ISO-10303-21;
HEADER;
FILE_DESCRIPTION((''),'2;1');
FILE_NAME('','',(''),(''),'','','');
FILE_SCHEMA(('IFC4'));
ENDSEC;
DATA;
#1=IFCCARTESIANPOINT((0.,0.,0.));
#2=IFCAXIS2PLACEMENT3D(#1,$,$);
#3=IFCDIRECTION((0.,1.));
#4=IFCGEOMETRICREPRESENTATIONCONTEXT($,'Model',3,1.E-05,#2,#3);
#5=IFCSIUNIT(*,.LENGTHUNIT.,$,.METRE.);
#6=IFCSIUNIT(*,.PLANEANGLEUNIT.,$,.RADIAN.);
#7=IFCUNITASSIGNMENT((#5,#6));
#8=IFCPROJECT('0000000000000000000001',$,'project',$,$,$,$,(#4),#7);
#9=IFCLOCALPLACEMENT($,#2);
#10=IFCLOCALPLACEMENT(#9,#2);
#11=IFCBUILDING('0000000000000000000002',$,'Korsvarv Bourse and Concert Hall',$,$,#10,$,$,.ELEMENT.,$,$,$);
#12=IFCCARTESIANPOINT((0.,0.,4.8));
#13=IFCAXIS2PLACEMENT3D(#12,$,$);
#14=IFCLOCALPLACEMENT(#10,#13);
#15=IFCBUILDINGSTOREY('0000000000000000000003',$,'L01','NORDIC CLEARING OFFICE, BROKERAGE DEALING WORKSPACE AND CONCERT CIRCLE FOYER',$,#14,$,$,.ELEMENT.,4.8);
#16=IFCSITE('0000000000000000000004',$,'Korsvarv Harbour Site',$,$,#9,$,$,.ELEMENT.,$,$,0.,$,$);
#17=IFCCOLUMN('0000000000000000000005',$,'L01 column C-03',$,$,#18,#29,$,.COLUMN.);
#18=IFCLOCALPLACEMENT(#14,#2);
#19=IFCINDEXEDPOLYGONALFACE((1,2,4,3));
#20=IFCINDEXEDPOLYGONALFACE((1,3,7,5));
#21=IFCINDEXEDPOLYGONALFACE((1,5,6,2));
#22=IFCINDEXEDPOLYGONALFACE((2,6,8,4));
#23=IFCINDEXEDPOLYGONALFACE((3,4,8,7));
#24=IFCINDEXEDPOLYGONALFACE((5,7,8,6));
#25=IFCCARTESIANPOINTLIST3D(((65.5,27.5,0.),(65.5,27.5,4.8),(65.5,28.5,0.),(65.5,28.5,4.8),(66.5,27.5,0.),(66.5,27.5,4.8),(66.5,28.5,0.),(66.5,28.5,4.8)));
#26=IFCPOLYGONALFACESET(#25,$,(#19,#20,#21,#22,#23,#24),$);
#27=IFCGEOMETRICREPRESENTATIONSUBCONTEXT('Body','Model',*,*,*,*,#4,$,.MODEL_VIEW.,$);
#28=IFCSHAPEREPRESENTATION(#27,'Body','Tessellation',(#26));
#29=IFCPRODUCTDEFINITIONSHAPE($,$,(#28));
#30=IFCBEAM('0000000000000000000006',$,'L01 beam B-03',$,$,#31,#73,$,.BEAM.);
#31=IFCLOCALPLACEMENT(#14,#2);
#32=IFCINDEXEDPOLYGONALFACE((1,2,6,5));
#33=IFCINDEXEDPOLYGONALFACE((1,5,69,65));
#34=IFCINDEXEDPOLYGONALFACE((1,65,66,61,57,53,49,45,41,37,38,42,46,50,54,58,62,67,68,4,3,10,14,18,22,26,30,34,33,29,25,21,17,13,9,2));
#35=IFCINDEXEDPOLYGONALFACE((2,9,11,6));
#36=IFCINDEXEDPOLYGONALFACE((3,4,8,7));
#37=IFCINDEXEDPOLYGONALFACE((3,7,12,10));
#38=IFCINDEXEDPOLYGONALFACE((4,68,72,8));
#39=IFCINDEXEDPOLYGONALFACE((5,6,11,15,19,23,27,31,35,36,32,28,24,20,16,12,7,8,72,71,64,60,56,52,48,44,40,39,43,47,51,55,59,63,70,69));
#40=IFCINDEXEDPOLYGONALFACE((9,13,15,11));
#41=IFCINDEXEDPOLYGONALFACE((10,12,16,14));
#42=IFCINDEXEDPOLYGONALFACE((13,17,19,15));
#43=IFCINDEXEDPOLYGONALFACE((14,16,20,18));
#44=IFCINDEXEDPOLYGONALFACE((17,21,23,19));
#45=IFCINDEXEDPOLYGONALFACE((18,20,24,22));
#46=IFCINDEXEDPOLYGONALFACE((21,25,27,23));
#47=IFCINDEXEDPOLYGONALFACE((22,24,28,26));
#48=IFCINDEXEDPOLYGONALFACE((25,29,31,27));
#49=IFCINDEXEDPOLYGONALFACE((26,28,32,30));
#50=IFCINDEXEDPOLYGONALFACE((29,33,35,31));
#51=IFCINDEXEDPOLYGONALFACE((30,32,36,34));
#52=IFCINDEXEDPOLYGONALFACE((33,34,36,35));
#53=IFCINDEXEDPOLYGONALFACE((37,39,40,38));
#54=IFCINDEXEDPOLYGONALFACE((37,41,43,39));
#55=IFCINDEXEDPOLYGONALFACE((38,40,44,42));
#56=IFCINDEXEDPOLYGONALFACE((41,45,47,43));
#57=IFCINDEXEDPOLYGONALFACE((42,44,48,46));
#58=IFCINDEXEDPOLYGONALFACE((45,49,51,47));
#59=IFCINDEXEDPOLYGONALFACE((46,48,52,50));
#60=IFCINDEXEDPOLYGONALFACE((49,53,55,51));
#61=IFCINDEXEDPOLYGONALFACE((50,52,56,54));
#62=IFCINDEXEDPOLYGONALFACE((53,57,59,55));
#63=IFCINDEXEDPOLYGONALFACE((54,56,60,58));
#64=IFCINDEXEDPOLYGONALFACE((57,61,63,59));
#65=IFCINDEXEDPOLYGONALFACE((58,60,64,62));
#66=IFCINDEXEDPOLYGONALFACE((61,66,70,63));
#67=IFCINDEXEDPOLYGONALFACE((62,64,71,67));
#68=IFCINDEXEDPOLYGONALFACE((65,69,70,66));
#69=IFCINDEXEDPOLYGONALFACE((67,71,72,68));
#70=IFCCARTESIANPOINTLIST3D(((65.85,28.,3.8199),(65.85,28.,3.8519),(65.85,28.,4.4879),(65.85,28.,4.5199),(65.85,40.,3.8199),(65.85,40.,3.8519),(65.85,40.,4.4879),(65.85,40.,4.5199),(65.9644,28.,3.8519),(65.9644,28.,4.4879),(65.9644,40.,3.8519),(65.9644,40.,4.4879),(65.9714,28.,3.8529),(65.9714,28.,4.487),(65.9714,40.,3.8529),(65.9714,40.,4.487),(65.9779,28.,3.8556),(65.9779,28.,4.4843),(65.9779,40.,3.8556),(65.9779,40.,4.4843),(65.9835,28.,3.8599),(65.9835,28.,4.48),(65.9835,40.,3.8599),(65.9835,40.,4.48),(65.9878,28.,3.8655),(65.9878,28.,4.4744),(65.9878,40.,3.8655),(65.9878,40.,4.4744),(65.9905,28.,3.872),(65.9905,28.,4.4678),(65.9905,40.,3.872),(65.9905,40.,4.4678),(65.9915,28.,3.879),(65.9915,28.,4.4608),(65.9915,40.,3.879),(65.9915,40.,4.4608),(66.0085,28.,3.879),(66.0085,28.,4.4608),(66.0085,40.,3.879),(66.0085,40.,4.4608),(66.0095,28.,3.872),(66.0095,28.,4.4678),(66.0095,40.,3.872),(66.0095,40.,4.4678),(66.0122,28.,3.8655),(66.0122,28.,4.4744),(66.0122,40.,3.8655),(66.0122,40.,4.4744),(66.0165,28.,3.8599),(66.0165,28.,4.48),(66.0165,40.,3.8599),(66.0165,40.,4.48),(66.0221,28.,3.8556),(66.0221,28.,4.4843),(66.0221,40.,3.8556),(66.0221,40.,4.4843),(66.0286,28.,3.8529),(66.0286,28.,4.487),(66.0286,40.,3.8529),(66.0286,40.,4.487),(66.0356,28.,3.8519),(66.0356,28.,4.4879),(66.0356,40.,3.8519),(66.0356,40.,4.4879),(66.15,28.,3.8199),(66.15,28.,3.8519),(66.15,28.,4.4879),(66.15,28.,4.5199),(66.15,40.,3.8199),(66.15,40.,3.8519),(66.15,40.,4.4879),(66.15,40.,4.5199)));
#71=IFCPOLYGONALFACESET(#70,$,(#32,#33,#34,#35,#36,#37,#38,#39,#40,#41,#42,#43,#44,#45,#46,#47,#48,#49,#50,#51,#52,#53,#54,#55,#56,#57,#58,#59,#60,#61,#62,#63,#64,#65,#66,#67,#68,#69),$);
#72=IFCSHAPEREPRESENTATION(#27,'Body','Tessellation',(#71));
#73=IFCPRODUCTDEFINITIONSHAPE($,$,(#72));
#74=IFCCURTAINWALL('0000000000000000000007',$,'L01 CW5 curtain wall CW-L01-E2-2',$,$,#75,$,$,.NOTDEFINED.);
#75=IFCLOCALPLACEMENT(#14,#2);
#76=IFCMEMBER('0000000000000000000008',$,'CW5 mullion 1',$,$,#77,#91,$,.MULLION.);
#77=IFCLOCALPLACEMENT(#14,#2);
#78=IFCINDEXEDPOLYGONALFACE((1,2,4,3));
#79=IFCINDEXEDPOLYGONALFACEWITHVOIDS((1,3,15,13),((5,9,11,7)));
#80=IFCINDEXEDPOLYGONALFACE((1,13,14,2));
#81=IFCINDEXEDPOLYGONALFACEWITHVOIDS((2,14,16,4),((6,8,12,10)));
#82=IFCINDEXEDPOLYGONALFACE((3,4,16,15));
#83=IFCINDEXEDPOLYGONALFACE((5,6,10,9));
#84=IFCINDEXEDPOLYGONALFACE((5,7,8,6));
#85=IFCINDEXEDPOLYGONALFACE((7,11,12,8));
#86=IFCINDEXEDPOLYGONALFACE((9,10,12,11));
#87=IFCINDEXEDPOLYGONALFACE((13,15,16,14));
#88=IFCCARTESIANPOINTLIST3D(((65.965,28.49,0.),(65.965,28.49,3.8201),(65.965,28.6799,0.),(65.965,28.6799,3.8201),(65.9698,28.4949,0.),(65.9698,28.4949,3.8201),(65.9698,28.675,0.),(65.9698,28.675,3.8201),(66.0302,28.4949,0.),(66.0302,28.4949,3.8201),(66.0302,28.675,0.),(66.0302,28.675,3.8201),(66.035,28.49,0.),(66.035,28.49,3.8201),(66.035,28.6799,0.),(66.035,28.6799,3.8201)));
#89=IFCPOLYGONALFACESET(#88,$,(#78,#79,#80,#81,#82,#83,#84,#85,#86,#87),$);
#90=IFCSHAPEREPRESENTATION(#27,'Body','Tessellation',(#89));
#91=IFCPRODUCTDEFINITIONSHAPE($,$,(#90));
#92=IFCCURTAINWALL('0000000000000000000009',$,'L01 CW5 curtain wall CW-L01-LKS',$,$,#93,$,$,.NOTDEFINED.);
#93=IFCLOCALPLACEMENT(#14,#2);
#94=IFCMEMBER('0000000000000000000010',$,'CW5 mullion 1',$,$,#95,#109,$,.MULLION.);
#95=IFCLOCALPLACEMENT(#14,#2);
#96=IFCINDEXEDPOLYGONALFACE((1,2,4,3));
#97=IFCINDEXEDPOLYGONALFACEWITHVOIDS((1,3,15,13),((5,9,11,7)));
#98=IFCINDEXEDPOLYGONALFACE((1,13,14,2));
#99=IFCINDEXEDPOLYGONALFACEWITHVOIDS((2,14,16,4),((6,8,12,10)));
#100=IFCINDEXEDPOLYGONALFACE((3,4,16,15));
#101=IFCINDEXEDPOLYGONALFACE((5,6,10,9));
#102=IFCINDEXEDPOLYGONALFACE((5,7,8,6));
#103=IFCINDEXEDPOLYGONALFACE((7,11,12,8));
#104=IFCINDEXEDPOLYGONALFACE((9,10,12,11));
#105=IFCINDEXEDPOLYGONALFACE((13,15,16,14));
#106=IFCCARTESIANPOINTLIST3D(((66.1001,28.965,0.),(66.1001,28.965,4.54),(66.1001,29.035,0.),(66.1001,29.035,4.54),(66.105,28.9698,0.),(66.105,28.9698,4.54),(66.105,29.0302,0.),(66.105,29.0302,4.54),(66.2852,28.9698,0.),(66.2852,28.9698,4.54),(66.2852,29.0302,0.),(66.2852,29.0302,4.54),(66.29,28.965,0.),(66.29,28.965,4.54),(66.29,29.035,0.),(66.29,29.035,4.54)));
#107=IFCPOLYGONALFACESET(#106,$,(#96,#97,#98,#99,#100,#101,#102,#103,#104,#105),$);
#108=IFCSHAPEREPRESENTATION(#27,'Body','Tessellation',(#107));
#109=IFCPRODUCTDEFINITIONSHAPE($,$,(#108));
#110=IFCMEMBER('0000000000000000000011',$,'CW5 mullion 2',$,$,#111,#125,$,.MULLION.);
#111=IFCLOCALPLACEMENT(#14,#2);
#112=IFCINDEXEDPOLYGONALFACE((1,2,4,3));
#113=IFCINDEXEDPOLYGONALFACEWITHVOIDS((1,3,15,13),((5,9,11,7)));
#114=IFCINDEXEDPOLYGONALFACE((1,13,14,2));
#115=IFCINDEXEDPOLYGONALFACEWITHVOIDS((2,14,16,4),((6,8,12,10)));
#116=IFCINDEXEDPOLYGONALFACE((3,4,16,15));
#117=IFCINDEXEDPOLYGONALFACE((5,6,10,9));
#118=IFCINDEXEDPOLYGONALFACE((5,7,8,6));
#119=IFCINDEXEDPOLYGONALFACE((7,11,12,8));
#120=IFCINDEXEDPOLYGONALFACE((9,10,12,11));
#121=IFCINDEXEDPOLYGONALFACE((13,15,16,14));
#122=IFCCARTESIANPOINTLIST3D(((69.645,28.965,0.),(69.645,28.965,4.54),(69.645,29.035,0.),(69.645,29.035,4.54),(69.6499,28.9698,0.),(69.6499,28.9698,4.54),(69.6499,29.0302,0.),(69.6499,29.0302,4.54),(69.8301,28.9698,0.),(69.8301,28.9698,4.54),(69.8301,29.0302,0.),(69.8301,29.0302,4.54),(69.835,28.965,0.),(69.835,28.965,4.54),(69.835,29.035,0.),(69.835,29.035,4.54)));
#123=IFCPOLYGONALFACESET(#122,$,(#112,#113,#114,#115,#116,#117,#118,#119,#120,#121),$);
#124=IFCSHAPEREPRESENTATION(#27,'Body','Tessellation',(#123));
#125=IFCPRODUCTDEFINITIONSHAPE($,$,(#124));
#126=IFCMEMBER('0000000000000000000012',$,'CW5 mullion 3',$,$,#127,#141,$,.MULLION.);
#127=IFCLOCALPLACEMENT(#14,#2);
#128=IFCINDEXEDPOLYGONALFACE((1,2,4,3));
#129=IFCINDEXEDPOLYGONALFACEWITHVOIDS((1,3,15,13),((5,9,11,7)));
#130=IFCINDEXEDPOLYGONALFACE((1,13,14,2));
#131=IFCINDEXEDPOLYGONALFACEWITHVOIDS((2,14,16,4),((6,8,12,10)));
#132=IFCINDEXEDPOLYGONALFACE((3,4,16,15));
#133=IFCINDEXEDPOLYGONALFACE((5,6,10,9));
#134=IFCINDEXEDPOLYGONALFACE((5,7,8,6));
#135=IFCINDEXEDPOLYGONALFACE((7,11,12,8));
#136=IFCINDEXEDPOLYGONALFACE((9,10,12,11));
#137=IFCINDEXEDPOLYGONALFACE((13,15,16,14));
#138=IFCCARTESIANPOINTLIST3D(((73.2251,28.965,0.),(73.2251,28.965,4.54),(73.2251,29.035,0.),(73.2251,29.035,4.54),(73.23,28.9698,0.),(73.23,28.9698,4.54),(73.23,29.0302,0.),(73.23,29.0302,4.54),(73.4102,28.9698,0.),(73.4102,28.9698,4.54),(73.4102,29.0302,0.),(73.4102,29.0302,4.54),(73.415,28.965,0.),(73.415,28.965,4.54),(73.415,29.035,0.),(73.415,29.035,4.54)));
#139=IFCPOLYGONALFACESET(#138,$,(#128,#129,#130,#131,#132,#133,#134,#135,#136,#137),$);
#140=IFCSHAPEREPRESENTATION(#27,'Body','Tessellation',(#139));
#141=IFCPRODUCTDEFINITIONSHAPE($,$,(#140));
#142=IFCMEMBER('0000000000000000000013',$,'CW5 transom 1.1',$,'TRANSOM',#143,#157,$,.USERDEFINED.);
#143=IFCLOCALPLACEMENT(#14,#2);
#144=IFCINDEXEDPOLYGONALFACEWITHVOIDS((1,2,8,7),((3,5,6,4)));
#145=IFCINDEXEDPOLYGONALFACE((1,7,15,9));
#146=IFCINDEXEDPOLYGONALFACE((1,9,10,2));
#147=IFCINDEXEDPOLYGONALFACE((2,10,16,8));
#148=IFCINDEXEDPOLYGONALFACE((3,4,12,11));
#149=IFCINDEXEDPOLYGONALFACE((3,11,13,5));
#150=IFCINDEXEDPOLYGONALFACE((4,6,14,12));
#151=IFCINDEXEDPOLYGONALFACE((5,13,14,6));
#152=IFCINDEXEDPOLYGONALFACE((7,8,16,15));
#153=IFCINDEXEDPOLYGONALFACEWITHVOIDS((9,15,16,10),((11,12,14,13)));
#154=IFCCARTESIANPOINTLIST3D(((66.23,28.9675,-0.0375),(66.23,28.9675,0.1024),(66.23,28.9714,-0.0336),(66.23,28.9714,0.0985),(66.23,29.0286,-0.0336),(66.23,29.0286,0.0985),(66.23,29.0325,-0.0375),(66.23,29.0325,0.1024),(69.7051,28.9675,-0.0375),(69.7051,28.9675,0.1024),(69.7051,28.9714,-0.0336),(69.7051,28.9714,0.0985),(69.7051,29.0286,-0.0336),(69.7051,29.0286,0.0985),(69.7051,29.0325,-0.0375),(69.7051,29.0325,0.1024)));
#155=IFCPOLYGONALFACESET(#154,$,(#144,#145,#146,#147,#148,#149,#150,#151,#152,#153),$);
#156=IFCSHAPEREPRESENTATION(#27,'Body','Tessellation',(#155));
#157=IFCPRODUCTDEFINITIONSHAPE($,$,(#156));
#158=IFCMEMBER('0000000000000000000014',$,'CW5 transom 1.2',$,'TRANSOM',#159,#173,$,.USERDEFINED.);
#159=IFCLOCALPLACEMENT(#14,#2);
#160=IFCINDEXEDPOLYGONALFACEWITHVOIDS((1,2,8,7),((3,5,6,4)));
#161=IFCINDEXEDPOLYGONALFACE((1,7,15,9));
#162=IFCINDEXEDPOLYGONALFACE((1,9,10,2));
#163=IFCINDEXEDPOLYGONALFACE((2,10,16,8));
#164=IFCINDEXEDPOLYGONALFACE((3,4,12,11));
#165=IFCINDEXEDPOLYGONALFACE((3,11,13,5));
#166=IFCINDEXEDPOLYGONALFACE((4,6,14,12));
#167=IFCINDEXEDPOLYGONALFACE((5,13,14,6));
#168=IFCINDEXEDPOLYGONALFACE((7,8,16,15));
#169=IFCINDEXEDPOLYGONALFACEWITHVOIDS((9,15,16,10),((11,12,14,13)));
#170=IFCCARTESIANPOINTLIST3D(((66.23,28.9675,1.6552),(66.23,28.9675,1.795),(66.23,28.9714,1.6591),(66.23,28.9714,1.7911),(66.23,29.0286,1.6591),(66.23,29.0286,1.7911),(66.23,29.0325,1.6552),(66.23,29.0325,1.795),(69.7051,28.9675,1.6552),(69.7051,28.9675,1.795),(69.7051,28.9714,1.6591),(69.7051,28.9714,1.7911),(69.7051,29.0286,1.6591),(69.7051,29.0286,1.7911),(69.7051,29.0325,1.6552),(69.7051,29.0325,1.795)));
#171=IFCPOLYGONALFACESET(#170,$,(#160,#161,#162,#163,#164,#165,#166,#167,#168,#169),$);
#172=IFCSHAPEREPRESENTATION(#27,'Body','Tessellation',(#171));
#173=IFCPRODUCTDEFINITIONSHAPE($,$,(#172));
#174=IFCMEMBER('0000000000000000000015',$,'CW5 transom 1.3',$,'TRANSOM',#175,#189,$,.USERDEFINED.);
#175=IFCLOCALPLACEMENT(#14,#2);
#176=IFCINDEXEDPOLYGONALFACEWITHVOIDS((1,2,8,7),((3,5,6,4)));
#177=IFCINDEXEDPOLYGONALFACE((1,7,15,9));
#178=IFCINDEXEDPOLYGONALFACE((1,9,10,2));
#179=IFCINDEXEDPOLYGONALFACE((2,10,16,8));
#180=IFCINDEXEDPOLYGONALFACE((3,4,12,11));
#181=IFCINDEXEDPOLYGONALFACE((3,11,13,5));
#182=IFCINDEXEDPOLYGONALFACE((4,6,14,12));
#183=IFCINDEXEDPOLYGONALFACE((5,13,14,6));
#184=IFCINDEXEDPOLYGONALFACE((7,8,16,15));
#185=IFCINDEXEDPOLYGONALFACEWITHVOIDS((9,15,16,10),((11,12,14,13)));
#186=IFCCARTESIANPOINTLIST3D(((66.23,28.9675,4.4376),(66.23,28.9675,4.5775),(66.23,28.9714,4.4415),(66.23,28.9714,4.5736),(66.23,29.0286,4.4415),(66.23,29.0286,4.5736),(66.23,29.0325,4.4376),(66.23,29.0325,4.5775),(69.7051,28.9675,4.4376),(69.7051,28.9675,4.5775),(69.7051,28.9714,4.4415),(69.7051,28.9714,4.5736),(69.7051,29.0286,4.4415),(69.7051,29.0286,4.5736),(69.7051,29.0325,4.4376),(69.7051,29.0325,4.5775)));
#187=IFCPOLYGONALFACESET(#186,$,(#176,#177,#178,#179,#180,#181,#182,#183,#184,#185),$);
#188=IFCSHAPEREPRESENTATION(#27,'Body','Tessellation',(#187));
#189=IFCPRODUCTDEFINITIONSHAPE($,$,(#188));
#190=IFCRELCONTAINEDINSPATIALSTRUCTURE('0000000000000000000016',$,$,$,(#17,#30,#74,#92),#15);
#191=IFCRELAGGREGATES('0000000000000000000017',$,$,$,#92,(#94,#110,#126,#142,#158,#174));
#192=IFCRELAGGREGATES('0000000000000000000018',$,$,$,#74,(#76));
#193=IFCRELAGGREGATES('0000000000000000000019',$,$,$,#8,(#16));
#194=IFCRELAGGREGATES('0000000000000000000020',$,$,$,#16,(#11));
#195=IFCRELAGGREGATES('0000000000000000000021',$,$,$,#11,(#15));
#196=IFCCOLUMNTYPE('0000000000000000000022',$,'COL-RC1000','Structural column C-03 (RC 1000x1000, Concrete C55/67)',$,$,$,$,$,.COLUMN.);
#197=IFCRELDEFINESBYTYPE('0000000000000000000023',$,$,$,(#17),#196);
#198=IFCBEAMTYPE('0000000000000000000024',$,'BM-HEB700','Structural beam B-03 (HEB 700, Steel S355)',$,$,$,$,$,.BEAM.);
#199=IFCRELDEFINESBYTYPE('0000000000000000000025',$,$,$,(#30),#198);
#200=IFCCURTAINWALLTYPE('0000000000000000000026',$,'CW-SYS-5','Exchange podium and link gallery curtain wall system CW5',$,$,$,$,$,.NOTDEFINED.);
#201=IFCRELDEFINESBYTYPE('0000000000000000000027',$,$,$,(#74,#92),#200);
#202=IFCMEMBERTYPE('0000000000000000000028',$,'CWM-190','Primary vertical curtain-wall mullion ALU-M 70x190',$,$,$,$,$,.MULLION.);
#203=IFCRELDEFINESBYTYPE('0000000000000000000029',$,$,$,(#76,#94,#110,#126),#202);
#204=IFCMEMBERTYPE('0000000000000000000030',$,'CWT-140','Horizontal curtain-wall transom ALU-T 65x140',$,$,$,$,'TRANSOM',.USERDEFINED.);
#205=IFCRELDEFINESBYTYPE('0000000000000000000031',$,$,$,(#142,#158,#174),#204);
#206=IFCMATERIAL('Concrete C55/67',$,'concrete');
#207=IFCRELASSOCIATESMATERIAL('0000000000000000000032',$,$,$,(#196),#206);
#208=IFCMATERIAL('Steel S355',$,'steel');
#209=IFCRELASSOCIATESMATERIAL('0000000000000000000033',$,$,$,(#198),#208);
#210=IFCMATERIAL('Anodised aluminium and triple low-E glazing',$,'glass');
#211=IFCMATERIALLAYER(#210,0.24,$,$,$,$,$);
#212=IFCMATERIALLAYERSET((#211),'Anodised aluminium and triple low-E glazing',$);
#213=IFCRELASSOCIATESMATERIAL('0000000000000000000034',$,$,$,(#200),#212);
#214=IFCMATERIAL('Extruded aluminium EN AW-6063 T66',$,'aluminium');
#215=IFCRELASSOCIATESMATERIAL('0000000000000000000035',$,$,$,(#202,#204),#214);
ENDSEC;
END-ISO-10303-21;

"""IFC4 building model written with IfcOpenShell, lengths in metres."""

from ifc_helpers import new_model, si_unit, direction, frame, origin, origin_2d, place, context, subcontext, project, spatial, rectangle, hollow_rectangle, i_section, extrude, source, transform, mapped, material, layer, layer_set, material_profile, profile_set, type_object, element, aggregate, save


model = new_model("IFC4")

# Units and contexts
model_context = context("Model", 3, precision=1e-05, world=origin(), true_north=direction((0.0, 1.0)))
body_context = subcontext(model_context, "Body", "Model", "MODEL_VIEW")
ifc_project = project(units=[si_unit("LENGTHUNIT", "METRE"), si_unit("PLANEANGLEUNIT", "RADIAN")], contexts=[model_context])

# Site, building, storey
site_placement = place(None, origin())
site = spatial("IfcSite", under=ifc_project, at=site_placement, Name="Korsvarv Harbour Site", CompositionType="ELEMENT", RefElevation=0.0)
building_placement = place(site_placement, origin())
building = spatial("IfcBuilding", under=site, at=building_placement, Name="Korsvarv Bourse and Concert Hall", CompositionType="ELEMENT")
storey_placement = place(building_placement, frame((0.0, 0.0, 4.8)))
storey = spatial("IfcBuildingStorey", under=building, at=storey_placement, Name="L01", Description="NORDIC CLEARING OFFICE, BROKERAGE DEALING WORKSPACE AND CONCERT CIRCLE FOYER", CompositionType="ELEMENT", Elevation=4.8)

# Column
ifc_material_1 = material(Name="Concrete C55/67", Category="concrete")
ifc_material_profile_1 = material_profile(ifc_material_1, rectangle(XDim=1.0, YDim=1.0, at=origin_2d()), Name="RC 1000x1000")
ifc_profile_set_1 = profile_set([ifc_material_profile_1], Name="Concrete C55/67")
column_type = type_object("IfcColumnType", Name="COL-RC1000", Description="Structural column C-03 (RC 1000x1000, Concrete C55/67)", PredefinedType="COLUMN", material=ifc_profile_set_1)
shared_shape_1 = source(origin(), body_context, "Body", "SweptSolid", [
    extrude(rectangle(XDim=1.0, YDim=1.0, at=origin_2d()), origin(), (0.0, 0.0, 1.0), 4.8),
])
column_placement = place(storey_placement, frame((66.0, 28.0, 0.0), z_axis=(0.0, 0.0, 1.0), x_axis=(1.0, 0.0, 0.0)))
element("IfcColumn", 1, at=column_placement, inside=storey, type_object=column_type, Name="L01 column C-03", PredefinedType="COLUMN", context=body_context, shape_type="MappedRepresentation", body=[
    mapped(shared_shape_1, transform((0.0, 0.0, 0.0), scale=1.0)),
])

# Beam
ifc_material_2 = material(Name="Steel S355", Category="steel")
ifc_material_profile_2 = material_profile(ifc_material_2, i_section(OverallWidth=0.3, OverallDepth=0.7, WebThickness=0.0171, FlangeThickness=0.032, FilletRadius=0.0271, at=origin_2d()), Name="HEB 700")
ifc_profile_set_2 = profile_set([ifc_material_profile_2], Name="Steel S355")
beam_type = type_object("IfcBeamType", Name="BM-HEB700", Description="Structural beam B-03 (HEB 700, Steel S355)", PredefinedType="BEAM", material=ifc_profile_set_2)
shared_shape_2 = source(origin(), body_context, "Body", "SweptSolid", [
    extrude(i_section(OverallWidth=0.3, OverallDepth=0.7, WebThickness=0.0171, FlangeThickness=0.032, FilletRadius=0.0271, at=origin_2d()), origin(), (0.0, 0.0, 1.0), 12.0),
])
beam_placement = place(storey_placement, frame((66.0, 28.0, 4.1699), z_axis=(0.0, 1.0, 0.0), x_axis=(-1.0, 0.0, 0.0)))
element("IfcBeam", 2, at=beam_placement, inside=storey, type_object=beam_type, Name="L01 beam B-03", PredefinedType="BEAM", context=body_context, shape_type="MappedRepresentation", body=[
    mapped(shared_shape_2, transform((0.0, 0.0, 0.0), scale=1.0)),
])

# Curtain wall, member
ifc_material_3 = material(Name="Anodised aluminium and triple low-E glazing", Category="glass")
ifc_layer_1 = layer(ifc_material_3, 0.24)
ifc_layer_set_1 = layer_set([ifc_layer_1], Name="Anodised aluminium and triple low-E glazing")
curtain_wall_type = type_object("IfcCurtainWallType", Name="CW-SYS-5", Description="Exchange podium and link gallery curtain wall system CW5", PredefinedType="NOTDEFINED", material=ifc_layer_set_1)
curtain_wall_1_placement = place(storey_placement, origin())
curtain_wall_1 = element("IfcCurtainWall", 3, at=curtain_wall_1_placement, inside=storey, type_object=curtain_wall_type, Name="L01 CW5 curtain wall CW-L01-E2-2", PredefinedType="NOTDEFINED")
ifc_material_4 = material(Name="Extruded aluminium EN AW-6063 T66", Category="aluminium")
ifc_material_profile_3 = material_profile(ifc_material_4, hollow_rectangle(XDim=0.0701, YDim=0.1899, WallThickness=0.0049, at=origin_2d()), Name="ALU-M 70x190")
ifc_profile_set_3 = profile_set([ifc_material_profile_3], Name="Extruded aluminium EN AW-6063 T66")
member_type_1 = type_object("IfcMemberType", Name="CWM-190", Description="Primary vertical curtain-wall mullion ALU-M 70x190", PredefinedType="MULLION", material=ifc_profile_set_3)
shared_shape_3 = source(origin(), body_context, "Body", "SweptSolid", [
    extrude(hollow_rectangle(XDim=0.0701, YDim=0.1899, WallThickness=0.0049, at=origin_2d()), origin(), (0.0, 0.0, 1.0), 3.8201),
])
member_1_placement = place(storey_placement, frame((66.0, 28.585, 0.0), z_axis=(0.0, 0.0, 1.0), x_axis=(-1.0, 0.0, 0.0)))
member_1 = element("IfcMember", 4, at=member_1_placement, type_object=member_type_1, Name="CW5 mullion 1", PredefinedType="MULLION", context=body_context, shape_type="MappedRepresentation", body=[
    mapped(shared_shape_3, transform((0.0, 0.0, 0.0), scale=1.0)),
])

# Curtain wall, members
curtain_wall_2_placement = place(storey_placement, origin())
curtain_wall_2 = element("IfcCurtainWall", 5, at=curtain_wall_2_placement, inside=storey, type_object=curtain_wall_type, Name="L01 CW5 curtain wall CW-L01-LKS", PredefinedType="NOTDEFINED")
shared_shape_4 = source(origin(), body_context, "Body", "SweptSolid", [
    extrude(hollow_rectangle(XDim=0.0701, YDim=0.1899, WallThickness=0.0049, at=origin_2d()), origin(), (0.0, 0.0, 1.0), 4.54),
])
member_2_placement = place(storey_placement, frame((66.1951, 29.0, 0.0), z_axis=(0.0, 0.0, 1.0), x_axis=(0.0, 1.0, 0.0)))
member_2 = element("IfcMember", 6, at=member_2_placement, type_object=member_type_1, Name="CW5 mullion 1", PredefinedType="MULLION", context=body_context, shape_type="MappedRepresentation", body=[
    mapped(shared_shape_4, transform((0.0, 0.0, 0.0), scale=1.0)),
])
member_3_placement = place(storey_placement, frame((69.74, 29.0, 0.0), z_axis=(0.0, 0.0, 1.0), x_axis=(0.0, 1.0, 0.0)))
member_3 = element("IfcMember", 7, at=member_3_placement, type_object=member_type_1, Name="CW5 mullion 2", PredefinedType="MULLION", context=body_context, shape_type="MappedRepresentation", body=[
    mapped(shared_shape_4, transform((0.0, 0.0, 0.0), scale=1.0)),
])
member_4_placement = place(storey_placement, frame((73.3201, 29.0, 0.0), z_axis=(0.0, 0.0, 1.0), x_axis=(0.0, 1.0, 0.0)))
member_4 = element("IfcMember", 8, at=member_4_placement, type_object=member_type_1, Name="CW5 mullion 3", PredefinedType="MULLION", context=body_context, shape_type="MappedRepresentation", body=[
    mapped(shared_shape_4, transform((0.0, 0.0, 0.0), scale=1.0)),
])
ifc_material_profile_4 = material_profile(ifc_material_4, hollow_rectangle(XDim=0.0649, YDim=0.1399, WallThickness=0.0039, at=origin_2d()), Name="ALU-T 65x140")
ifc_profile_set_4 = profile_set([ifc_material_profile_4], Name="Extruded aluminium EN AW-6063 T66")
member_type_2 = type_object("IfcMemberType", Name="CWT-140", Description="Horizontal curtain-wall transom ALU-T 65x140", ElementType="TRANSOM", PredefinedType="USERDEFINED", material=ifc_profile_set_4)
shared_shape_5 = source(origin(), body_context, "Body", "SweptSolid", [
    extrude(hollow_rectangle(XDim=0.0649, YDim=0.1399, WallThickness=0.0039, at=origin_2d()), origin(), (0.0, 0.0, 1.0), 3.4751),
])
member_5_placement = place(storey_placement, frame((66.23, 29.0, 0.0325), z_axis=(1.0, 0.0, 0.0), x_axis=(0.0, 1.0, 0.0)))
member_5 = element("IfcMember", 9, at=member_5_placement, type_object=member_type_2, Name="CW5 transom 1.1", ObjectType="TRANSOM", PredefinedType="USERDEFINED", context=body_context, shape_type="MappedRepresentation", body=[
    mapped(shared_shape_5, transform((0.0, 0.0, 0.0), scale=1.0)),
])
member_6_placement = place(storey_placement, frame((66.23, 29.0, 1.7251), z_axis=(1.0, 0.0, 0.0), x_axis=(0.0, 1.0, 0.0)))
member_6 = element("IfcMember", 10, at=member_6_placement, type_object=member_type_2, Name="CW5 transom 1.2", ObjectType="TRANSOM", PredefinedType="USERDEFINED", context=body_context, shape_type="MappedRepresentation", body=[
    mapped(shared_shape_5, transform((0.0, 0.0, 0.0), scale=1.0)),
])
member_7_placement = place(storey_placement, frame((66.23, 29.0, 4.5076), z_axis=(1.0, 0.0, 0.0), x_axis=(0.0, 1.0, 0.0)))
member_7 = element("IfcMember", 11, at=member_7_placement, type_object=member_type_2, Name="CW5 transom 1.3", ObjectType="TRANSOM", PredefinedType="USERDEFINED", context=body_context, shape_type="MappedRepresentation", body=[
    mapped(shared_shape_5, transform((0.0, 0.0, 0.0), scale=1.0)),
])

aggregate(curtain_wall_2, [member_2, member_3, member_4, member_5, member_6, member_7])
aggregate(curtain_wall_1, [member_1])

save(model, "model.ifc")
